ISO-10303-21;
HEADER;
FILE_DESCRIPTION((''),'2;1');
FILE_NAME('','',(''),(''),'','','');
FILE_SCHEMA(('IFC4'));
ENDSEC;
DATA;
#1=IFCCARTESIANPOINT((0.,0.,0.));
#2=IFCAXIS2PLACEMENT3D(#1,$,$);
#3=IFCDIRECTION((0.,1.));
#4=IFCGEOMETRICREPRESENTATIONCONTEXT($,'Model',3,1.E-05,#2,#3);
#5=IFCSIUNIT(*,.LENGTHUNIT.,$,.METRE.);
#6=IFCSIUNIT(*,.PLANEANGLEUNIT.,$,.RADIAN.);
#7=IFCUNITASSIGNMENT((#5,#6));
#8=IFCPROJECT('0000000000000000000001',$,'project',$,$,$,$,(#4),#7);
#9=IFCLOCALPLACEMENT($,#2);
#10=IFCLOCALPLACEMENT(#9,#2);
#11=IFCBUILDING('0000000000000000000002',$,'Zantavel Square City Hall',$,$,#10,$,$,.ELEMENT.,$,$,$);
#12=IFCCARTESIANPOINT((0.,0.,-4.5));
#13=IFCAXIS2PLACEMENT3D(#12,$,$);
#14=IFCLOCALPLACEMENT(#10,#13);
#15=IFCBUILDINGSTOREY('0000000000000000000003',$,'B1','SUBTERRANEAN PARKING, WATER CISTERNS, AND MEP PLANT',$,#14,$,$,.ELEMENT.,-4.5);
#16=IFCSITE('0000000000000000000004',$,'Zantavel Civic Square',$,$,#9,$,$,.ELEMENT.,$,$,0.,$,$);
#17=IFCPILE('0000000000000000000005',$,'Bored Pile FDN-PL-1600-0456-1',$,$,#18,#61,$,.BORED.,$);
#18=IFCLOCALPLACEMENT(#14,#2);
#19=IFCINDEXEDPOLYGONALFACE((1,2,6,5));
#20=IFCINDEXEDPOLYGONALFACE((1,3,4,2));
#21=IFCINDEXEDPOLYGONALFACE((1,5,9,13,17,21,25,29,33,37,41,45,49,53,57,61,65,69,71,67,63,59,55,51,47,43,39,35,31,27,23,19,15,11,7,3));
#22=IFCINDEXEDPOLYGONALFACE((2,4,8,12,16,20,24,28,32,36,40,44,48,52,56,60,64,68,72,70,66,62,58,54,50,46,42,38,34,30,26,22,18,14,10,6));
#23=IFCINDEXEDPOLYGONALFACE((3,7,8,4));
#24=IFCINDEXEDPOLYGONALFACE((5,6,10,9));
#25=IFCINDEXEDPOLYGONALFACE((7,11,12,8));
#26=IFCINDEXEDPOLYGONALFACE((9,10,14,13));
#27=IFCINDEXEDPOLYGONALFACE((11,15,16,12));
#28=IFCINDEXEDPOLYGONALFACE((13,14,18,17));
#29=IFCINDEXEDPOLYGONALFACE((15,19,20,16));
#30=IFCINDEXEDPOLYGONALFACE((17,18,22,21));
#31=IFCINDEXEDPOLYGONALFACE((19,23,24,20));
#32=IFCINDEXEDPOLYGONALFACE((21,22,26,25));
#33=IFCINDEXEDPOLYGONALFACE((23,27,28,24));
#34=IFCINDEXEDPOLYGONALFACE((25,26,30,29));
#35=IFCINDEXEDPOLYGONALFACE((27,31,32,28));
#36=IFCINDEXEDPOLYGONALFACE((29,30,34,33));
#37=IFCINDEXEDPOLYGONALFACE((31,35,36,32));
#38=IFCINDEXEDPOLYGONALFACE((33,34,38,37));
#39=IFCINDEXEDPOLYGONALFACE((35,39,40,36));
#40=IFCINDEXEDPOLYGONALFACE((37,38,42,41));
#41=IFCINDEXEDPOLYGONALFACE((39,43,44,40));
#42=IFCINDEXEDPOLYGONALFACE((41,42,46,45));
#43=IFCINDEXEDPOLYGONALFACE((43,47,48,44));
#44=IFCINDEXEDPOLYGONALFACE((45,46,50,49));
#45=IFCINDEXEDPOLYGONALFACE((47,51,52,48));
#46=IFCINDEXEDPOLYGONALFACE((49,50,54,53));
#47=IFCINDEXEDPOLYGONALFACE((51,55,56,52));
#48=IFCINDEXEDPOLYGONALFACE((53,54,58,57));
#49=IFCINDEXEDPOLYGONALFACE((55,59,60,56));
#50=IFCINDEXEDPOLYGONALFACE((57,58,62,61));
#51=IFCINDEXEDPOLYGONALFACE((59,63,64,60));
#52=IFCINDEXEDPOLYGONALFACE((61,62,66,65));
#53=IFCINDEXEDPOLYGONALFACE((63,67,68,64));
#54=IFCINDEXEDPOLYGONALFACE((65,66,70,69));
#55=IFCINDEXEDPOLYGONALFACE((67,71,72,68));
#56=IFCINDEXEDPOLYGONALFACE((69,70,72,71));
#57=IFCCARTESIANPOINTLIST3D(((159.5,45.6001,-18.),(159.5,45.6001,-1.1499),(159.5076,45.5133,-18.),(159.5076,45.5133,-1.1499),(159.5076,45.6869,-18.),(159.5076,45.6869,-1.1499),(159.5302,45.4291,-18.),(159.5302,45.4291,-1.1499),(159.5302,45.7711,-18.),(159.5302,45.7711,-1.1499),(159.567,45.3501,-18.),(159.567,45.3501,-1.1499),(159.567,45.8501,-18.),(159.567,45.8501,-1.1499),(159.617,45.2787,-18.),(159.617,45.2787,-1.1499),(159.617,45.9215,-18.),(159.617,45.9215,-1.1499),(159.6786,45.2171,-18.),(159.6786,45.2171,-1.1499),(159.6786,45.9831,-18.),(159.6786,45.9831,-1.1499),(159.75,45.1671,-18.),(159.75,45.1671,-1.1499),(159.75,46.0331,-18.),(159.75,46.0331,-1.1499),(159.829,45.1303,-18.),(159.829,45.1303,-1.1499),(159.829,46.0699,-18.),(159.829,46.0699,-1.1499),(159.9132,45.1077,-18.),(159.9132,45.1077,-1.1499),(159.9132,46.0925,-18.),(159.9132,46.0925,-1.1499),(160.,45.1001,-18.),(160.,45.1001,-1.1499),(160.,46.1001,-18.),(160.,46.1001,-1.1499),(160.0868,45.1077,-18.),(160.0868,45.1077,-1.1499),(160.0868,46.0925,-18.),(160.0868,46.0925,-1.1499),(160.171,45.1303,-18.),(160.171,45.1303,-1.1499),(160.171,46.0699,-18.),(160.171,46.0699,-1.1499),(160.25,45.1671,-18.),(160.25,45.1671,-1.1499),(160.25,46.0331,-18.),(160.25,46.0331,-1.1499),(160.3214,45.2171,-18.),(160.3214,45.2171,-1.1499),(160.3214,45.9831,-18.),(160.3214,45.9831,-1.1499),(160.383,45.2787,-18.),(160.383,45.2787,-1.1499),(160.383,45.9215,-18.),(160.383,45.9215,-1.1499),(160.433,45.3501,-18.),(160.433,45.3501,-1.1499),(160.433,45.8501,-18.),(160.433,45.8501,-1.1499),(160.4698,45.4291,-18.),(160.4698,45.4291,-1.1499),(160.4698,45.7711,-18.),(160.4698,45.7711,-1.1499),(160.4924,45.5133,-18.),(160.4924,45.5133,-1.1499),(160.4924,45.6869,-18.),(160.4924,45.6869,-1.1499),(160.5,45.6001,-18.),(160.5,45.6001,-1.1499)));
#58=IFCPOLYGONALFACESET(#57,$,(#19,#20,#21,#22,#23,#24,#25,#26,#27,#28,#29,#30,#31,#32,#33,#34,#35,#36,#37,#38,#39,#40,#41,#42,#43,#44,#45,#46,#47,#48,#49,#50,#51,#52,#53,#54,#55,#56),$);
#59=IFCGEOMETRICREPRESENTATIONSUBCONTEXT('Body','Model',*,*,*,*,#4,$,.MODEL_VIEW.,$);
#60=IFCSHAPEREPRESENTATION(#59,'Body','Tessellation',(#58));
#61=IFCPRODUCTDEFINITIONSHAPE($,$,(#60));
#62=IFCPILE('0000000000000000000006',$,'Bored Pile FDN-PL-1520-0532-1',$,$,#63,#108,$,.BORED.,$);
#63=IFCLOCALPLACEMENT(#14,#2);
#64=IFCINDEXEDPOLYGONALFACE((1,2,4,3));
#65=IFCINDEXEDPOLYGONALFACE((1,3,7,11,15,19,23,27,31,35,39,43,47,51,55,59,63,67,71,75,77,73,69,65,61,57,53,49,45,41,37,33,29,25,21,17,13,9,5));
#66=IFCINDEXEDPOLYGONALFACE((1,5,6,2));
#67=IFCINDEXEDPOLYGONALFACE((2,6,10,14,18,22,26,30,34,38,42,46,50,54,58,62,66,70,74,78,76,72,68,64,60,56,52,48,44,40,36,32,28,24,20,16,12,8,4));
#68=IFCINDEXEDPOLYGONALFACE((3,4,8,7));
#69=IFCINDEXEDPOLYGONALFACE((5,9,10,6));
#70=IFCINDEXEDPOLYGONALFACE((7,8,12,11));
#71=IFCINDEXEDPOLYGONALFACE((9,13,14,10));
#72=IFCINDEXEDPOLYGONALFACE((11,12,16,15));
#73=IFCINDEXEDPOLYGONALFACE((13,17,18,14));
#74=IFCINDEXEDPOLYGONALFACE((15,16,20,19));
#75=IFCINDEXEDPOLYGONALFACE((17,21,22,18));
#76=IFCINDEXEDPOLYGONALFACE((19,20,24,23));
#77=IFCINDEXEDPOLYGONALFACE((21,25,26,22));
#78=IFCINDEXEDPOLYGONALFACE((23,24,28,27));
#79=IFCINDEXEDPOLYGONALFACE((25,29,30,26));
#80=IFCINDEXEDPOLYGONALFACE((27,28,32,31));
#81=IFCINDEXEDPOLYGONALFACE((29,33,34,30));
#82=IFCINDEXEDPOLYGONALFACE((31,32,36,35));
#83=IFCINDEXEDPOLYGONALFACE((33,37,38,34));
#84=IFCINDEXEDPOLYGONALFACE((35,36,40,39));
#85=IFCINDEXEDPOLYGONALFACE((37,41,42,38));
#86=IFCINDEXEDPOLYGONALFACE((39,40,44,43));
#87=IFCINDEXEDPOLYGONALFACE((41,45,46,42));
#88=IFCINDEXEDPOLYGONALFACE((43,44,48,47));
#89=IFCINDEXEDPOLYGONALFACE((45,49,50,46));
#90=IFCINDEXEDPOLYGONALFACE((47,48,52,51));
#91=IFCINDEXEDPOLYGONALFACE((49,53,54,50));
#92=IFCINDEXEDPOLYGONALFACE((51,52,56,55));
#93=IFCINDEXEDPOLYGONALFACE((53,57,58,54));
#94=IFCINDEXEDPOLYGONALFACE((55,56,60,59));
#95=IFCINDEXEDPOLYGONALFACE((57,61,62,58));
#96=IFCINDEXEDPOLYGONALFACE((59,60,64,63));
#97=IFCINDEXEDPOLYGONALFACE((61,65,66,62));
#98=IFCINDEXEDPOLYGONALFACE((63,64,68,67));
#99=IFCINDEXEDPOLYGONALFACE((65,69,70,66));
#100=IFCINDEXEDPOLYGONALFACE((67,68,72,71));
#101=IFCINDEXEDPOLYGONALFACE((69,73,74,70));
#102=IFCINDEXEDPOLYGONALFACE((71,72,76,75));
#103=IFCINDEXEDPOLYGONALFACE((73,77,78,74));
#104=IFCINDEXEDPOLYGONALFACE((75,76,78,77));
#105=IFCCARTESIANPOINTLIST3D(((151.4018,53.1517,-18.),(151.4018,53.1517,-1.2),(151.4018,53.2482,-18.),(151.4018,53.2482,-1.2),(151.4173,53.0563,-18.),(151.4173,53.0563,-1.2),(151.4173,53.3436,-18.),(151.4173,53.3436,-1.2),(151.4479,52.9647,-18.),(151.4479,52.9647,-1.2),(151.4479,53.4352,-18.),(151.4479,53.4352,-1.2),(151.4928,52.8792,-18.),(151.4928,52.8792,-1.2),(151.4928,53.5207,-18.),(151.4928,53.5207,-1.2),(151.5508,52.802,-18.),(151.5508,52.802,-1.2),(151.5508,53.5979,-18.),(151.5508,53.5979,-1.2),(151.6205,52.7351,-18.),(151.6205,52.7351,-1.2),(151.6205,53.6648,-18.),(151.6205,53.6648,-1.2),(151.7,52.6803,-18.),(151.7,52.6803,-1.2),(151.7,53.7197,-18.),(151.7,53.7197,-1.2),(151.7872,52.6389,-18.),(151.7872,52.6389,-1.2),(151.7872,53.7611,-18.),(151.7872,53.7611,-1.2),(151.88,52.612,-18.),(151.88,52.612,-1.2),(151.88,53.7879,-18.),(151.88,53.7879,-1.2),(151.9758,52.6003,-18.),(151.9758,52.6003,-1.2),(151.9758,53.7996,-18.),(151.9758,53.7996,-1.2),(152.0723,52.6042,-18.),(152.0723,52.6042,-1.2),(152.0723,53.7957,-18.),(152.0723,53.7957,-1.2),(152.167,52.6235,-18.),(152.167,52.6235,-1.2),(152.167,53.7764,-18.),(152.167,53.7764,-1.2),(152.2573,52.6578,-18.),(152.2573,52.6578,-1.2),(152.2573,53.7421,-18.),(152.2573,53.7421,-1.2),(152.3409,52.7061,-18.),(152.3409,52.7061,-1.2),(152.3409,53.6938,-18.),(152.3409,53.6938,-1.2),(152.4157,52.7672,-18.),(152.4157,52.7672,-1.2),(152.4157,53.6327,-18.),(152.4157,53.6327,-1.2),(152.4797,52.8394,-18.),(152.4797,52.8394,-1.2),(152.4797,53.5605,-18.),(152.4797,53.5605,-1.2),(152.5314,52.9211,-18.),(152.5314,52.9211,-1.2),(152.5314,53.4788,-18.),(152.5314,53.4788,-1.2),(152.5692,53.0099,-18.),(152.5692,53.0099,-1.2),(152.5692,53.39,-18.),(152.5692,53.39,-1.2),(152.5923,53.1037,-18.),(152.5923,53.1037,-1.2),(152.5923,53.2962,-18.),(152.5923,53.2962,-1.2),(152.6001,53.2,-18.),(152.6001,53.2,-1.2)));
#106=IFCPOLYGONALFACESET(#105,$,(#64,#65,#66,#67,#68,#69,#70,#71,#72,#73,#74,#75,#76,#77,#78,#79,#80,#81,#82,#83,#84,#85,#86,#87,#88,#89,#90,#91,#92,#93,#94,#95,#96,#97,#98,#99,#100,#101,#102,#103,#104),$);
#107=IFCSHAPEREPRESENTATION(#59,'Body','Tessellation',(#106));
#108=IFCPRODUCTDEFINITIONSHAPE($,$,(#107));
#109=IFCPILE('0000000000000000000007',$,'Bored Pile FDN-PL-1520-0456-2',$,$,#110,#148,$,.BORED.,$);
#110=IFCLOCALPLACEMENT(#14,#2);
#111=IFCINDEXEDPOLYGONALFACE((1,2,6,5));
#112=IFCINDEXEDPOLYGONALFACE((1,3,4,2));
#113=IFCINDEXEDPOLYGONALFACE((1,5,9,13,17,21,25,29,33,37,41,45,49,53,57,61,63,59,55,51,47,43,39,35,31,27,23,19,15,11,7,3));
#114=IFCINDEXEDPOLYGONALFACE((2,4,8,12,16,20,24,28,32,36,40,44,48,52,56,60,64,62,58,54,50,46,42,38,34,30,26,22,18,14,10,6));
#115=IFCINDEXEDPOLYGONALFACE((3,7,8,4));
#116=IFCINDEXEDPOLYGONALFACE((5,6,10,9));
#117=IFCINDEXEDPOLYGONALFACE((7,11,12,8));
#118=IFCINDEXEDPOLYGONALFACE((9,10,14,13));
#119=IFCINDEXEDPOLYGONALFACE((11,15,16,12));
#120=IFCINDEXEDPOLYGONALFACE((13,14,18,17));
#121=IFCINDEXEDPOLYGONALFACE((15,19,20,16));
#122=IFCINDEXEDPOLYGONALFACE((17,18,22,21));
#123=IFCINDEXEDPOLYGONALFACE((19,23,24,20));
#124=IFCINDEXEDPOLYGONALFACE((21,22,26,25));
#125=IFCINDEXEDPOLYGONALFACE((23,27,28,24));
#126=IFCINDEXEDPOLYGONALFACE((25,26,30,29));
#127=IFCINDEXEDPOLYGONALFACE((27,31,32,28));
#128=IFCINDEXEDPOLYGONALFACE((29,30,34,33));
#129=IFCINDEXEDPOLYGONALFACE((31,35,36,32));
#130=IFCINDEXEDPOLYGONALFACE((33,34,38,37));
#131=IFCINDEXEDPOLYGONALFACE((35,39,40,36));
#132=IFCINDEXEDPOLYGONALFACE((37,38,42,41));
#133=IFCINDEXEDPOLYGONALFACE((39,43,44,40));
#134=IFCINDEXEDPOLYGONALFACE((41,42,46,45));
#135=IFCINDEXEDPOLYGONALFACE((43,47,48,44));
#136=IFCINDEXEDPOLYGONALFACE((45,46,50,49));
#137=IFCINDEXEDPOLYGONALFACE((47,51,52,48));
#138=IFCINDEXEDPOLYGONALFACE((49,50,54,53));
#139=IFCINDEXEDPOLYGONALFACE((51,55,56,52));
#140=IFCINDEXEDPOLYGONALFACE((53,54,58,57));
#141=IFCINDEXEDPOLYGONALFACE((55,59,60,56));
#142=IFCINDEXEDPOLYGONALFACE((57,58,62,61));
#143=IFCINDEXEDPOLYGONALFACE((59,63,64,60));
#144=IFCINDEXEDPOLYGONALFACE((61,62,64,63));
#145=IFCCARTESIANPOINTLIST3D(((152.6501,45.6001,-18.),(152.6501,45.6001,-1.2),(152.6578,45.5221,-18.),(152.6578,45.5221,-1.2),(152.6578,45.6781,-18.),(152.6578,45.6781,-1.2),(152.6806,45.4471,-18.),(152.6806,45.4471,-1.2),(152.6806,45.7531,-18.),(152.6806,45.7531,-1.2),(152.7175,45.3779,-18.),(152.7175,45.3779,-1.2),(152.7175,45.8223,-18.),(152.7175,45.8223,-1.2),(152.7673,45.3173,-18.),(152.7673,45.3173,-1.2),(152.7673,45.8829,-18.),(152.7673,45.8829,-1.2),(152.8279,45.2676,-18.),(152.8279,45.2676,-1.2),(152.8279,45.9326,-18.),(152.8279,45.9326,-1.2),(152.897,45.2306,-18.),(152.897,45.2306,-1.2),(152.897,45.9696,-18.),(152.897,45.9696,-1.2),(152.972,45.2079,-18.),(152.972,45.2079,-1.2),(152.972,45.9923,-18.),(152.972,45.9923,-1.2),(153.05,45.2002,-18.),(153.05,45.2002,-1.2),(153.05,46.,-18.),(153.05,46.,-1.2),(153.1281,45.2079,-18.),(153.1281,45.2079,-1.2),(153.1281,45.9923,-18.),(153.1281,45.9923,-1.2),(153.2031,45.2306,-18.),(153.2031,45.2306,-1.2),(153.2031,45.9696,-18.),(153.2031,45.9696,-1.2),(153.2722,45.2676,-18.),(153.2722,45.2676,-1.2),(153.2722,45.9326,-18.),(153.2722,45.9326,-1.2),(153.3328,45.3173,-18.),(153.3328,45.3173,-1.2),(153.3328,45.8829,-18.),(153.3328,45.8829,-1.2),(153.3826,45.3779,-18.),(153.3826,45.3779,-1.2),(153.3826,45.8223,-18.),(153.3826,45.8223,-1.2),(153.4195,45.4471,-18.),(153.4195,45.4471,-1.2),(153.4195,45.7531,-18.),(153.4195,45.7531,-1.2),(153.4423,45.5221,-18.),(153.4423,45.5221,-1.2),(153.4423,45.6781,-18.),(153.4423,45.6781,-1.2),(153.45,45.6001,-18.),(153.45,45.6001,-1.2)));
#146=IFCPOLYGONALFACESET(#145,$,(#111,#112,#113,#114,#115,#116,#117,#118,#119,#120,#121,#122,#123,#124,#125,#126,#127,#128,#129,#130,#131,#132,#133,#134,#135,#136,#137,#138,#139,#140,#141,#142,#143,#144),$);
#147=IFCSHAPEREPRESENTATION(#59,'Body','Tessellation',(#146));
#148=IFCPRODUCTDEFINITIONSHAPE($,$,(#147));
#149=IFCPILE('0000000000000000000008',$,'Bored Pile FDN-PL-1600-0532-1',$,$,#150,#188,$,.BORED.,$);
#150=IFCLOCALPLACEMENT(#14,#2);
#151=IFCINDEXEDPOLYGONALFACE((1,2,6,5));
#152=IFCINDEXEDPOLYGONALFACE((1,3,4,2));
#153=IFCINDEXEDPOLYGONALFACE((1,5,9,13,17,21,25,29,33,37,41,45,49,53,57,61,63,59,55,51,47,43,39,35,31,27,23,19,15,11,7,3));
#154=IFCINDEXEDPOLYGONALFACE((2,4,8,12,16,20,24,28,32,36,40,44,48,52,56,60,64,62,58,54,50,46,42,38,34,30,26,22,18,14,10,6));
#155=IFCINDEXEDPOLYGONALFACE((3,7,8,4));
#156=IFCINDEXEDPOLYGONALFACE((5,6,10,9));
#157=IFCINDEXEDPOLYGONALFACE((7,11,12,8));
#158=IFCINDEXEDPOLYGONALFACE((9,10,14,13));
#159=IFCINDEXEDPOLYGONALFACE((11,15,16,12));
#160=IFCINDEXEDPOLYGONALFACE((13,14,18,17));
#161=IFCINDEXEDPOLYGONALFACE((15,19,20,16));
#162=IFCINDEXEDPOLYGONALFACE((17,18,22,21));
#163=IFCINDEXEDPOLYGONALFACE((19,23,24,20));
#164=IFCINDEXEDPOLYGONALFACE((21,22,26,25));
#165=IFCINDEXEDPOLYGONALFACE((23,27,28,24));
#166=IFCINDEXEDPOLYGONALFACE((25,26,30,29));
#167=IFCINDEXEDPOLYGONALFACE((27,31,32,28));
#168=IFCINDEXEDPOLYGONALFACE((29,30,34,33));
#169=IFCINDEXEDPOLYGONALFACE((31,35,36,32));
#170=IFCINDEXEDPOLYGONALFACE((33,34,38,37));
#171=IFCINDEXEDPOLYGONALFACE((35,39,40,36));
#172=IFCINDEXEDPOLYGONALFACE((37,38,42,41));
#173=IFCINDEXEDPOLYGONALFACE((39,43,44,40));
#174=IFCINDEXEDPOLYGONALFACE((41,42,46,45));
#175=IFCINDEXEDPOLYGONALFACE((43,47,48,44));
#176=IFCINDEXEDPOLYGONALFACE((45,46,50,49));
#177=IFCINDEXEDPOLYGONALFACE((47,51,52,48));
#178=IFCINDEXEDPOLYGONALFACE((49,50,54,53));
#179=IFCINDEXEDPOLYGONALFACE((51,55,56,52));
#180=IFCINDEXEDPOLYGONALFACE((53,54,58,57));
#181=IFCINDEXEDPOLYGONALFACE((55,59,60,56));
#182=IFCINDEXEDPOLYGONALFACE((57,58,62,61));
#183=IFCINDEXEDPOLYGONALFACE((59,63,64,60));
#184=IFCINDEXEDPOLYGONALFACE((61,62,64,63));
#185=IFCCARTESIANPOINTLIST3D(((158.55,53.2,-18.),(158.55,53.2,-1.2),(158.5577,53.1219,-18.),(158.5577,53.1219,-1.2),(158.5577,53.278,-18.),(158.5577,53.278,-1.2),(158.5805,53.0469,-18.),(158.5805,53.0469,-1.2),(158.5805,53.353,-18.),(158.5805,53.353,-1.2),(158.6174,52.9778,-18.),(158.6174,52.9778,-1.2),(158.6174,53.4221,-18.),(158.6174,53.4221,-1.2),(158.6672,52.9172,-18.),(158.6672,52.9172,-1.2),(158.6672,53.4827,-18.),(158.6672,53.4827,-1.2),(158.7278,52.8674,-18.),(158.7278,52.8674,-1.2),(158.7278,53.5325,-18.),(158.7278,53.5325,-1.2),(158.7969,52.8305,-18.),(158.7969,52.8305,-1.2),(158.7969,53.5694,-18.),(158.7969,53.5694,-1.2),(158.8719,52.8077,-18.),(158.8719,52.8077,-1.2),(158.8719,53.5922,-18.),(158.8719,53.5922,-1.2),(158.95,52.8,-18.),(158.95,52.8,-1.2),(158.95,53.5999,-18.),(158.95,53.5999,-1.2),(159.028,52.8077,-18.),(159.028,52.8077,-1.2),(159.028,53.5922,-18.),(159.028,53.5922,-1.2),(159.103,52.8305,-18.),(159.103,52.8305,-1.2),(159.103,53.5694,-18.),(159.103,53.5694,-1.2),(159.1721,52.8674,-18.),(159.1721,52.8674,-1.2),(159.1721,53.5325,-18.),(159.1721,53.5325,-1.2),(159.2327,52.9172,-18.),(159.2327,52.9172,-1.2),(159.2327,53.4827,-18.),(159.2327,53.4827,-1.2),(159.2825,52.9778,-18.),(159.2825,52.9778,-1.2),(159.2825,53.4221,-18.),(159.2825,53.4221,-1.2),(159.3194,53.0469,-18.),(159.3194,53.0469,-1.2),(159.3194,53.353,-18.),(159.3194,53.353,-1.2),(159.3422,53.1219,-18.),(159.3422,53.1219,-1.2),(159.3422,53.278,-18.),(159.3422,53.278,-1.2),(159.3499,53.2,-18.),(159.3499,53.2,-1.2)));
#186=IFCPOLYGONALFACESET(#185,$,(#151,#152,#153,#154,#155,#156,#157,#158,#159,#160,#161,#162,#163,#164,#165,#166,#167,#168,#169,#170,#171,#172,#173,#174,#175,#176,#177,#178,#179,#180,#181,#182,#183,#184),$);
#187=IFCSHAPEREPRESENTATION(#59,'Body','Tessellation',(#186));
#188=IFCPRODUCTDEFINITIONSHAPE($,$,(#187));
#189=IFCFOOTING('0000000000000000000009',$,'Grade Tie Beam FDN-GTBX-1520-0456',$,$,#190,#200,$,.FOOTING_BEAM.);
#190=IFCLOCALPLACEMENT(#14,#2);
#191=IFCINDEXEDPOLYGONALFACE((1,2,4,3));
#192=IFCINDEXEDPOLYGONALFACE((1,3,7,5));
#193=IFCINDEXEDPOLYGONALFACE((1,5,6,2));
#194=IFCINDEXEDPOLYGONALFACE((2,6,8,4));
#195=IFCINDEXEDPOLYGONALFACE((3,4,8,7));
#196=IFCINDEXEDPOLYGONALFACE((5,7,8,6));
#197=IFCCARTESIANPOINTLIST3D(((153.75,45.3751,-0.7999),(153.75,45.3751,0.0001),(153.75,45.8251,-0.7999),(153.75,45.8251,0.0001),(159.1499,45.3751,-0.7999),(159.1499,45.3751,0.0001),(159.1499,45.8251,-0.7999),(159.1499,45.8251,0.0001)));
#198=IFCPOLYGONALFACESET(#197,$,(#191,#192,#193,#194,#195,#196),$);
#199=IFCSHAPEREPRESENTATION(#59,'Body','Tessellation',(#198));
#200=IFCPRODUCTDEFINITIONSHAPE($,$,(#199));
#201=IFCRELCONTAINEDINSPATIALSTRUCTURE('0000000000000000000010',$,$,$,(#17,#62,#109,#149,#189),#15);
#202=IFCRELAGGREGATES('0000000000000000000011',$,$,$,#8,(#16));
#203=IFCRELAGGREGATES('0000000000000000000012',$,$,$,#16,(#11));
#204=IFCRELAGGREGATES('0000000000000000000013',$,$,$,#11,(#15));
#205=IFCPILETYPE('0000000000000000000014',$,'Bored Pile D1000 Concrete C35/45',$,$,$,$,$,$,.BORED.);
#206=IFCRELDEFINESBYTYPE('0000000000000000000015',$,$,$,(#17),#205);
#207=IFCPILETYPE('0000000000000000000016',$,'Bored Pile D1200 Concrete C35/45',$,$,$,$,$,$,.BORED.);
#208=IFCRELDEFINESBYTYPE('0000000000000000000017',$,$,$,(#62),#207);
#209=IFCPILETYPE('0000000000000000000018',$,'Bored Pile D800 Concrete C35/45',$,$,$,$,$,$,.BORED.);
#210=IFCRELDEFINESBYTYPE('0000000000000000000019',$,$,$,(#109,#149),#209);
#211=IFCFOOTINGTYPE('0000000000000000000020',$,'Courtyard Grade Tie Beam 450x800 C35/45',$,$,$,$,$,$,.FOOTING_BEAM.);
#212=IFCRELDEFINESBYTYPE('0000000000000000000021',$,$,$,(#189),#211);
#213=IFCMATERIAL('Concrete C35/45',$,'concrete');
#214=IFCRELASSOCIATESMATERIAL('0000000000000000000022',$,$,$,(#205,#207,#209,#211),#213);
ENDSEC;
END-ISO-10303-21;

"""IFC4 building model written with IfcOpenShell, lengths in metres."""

from ifc_helpers import new_model, si_unit, direction, frame, origin, origin_2d, place, context, subcontext, project, spatial, rectangle, circle, extrude, material, material_profile, profile_set, type_object, element, save


model = new_model("IFC4")

# Units and contexts
model_context = context("Model", 3, precision=1e-05, world=origin(), true_north=direction((0.0, 1.0)))
body_context = subcontext(model_context, "Body", "Model", "MODEL_VIEW")
ifc_project = project(units=[si_unit("LENGTHUNIT", "METRE"), si_unit("PLANEANGLEUNIT", "RADIAN")], contexts=[model_context])

# Site, building, storey
site_placement = place(None, origin())
site = spatial("IfcSite", under=ifc_project, at=site_placement, Name="Zantavel Civic Square", CompositionType="ELEMENT", RefElevation=0.0)
building_placement = place(site_placement, origin())
building = spatial("IfcBuilding", under=site, at=building_placement, Name="Zantavel Square City Hall", CompositionType="ELEMENT")
storey_placement = place(building_placement, frame((0.0, 0.0, -4.5)))
storey = spatial("IfcBuildingStorey", under=building, at=storey_placement, Name="B1", Description="SUBTERRANEAN PARKING, WATER CISTERNS, AND MEP PLANT", CompositionType="ELEMENT", Elevation=-4.5)

# Piles
ifc_material_1 = material(Name="Concrete C35/45", Category="concrete")
ifc_material_profile_1 = material_profile(ifc_material_1, circle(Radius=0.5, at=origin_2d()), Name="PILE D1000")
ifc_profile_set_1 = profile_set([ifc_material_profile_1], Name="Concrete C35/45")
pile_type_1 = type_object("IfcPileType", Name="Bored Pile D1000 Concrete C35/45", PredefinedType="BORED", material=ifc_profile_set_1)
pile_1_placement = place(storey_placement, frame((160.0, 45.6001, -1.1499), z_axis=(0.0, 0.0, -1.0), x_axis=(1.0, 0.0, 0.0)))
element("IfcPile", 1, at=pile_1_placement, inside=storey, type_object=pile_type_1, Name="Bored Pile FDN-PL-1600-0456-1", PredefinedType="BORED", context=body_context, shape_type="SweptSolid", body=[
    extrude(circle(Radius=0.5, at=origin_2d()), origin(), (0.0, 0.0, 1.0), 16.8501),
])
ifc_material_profile_2 = material_profile(ifc_material_1, circle(Radius=0.6001, at=origin_2d()), Name="PILE D1200")
ifc_profile_set_2 = profile_set([ifc_material_profile_2], Name="Concrete C35/45")
pile_type_2 = type_object("IfcPileType", Name="Bored Pile D1200 Concrete C35/45", PredefinedType="BORED", material=ifc_profile_set_2)
pile_2_placement = place(storey_placement, frame((152.0, 53.2, -1.2), z_axis=(0.0, 0.0, -1.0), x_axis=(1.0, 0.0, 0.0)))
element("IfcPile", 2, at=pile_2_placement, inside=storey, type_object=pile_type_2, Name="Bored Pile FDN-PL-1520-0532-1", PredefinedType="BORED", context=body_context, shape_type="SweptSolid", body=[
    extrude(circle(Radius=0.6001, at=origin_2d()), origin(), (0.0, 0.0, 1.0), 16.8),
])
ifc_material_profile_3 = material_profile(ifc_material_1, circle(Radius=0.3999, at=origin_2d()), Name="PILE D800")
ifc_profile_set_3 = profile_set([ifc_material_profile_3], Name="Concrete C35/45")
pile_type_3 = type_object("IfcPileType", Name="Bored Pile D800 Concrete C35/45", PredefinedType="BORED", material=ifc_profile_set_3)
for number, where, z_axis, x_axis, name in (
    (3, (153.05, 45.6001, -1.2), (0.0, 0.0, -1.0), (1.0, 0.0, 0.0), "Bored Pile FDN-PL-1520-0456-2"),
    (4, (158.95, 53.2, -1.2), (0.0, 0.0, -1.0), (1.0, 0.0, 0.0), "Bored Pile FDN-PL-1600-0532-1"),
):
    element("IfcPile", number, at=place(storey_placement, frame(where, z_axis=z_axis, x_axis=x_axis)), inside=storey, type_object=pile_type_3, Name=name, PredefinedType="BORED", context=body_context, shape_type="SweptSolid", body=[
        extrude(circle(Radius=0.3999, at=origin_2d()), origin(), (0.0, 0.0, 1.0), 16.8),
    ])

# Footing
ifc_material_profile_4 = material_profile(ifc_material_1, rectangle(XDim=0.45, YDim=0.8, at=origin_2d()), Name="RC 450x800")
ifc_profile_set_4 = profile_set([ifc_material_profile_4], Name="Concrete C35/45")
footing_type_1 = type_object("IfcFootingType", Name="Courtyard Grade Tie Beam 450x800 C35/45", PredefinedType="FOOTING_BEAM", material=ifc_profile_set_4)
footing_1_placement = place(storey_placement, frame((153.75, 45.6001, -0.3999), z_axis=(1.0, 0.0, 0.0), x_axis=(0.0, 1.0, 0.0)))
element("IfcFooting", 5, at=footing_1_placement, inside=storey, type_object=footing_type_1, Name="Grade Tie Beam FDN-GTBX-1520-0456", PredefinedType="FOOTING_BEAM", context=body_context, shape_type="SweptSolid", body=[
    extrude(rectangle(XDim=0.45, YDim=0.8, at=origin_2d()), origin(), (0.0, 0.0, 1.0), 5.3999),
])

save(model, "model.ifc")
